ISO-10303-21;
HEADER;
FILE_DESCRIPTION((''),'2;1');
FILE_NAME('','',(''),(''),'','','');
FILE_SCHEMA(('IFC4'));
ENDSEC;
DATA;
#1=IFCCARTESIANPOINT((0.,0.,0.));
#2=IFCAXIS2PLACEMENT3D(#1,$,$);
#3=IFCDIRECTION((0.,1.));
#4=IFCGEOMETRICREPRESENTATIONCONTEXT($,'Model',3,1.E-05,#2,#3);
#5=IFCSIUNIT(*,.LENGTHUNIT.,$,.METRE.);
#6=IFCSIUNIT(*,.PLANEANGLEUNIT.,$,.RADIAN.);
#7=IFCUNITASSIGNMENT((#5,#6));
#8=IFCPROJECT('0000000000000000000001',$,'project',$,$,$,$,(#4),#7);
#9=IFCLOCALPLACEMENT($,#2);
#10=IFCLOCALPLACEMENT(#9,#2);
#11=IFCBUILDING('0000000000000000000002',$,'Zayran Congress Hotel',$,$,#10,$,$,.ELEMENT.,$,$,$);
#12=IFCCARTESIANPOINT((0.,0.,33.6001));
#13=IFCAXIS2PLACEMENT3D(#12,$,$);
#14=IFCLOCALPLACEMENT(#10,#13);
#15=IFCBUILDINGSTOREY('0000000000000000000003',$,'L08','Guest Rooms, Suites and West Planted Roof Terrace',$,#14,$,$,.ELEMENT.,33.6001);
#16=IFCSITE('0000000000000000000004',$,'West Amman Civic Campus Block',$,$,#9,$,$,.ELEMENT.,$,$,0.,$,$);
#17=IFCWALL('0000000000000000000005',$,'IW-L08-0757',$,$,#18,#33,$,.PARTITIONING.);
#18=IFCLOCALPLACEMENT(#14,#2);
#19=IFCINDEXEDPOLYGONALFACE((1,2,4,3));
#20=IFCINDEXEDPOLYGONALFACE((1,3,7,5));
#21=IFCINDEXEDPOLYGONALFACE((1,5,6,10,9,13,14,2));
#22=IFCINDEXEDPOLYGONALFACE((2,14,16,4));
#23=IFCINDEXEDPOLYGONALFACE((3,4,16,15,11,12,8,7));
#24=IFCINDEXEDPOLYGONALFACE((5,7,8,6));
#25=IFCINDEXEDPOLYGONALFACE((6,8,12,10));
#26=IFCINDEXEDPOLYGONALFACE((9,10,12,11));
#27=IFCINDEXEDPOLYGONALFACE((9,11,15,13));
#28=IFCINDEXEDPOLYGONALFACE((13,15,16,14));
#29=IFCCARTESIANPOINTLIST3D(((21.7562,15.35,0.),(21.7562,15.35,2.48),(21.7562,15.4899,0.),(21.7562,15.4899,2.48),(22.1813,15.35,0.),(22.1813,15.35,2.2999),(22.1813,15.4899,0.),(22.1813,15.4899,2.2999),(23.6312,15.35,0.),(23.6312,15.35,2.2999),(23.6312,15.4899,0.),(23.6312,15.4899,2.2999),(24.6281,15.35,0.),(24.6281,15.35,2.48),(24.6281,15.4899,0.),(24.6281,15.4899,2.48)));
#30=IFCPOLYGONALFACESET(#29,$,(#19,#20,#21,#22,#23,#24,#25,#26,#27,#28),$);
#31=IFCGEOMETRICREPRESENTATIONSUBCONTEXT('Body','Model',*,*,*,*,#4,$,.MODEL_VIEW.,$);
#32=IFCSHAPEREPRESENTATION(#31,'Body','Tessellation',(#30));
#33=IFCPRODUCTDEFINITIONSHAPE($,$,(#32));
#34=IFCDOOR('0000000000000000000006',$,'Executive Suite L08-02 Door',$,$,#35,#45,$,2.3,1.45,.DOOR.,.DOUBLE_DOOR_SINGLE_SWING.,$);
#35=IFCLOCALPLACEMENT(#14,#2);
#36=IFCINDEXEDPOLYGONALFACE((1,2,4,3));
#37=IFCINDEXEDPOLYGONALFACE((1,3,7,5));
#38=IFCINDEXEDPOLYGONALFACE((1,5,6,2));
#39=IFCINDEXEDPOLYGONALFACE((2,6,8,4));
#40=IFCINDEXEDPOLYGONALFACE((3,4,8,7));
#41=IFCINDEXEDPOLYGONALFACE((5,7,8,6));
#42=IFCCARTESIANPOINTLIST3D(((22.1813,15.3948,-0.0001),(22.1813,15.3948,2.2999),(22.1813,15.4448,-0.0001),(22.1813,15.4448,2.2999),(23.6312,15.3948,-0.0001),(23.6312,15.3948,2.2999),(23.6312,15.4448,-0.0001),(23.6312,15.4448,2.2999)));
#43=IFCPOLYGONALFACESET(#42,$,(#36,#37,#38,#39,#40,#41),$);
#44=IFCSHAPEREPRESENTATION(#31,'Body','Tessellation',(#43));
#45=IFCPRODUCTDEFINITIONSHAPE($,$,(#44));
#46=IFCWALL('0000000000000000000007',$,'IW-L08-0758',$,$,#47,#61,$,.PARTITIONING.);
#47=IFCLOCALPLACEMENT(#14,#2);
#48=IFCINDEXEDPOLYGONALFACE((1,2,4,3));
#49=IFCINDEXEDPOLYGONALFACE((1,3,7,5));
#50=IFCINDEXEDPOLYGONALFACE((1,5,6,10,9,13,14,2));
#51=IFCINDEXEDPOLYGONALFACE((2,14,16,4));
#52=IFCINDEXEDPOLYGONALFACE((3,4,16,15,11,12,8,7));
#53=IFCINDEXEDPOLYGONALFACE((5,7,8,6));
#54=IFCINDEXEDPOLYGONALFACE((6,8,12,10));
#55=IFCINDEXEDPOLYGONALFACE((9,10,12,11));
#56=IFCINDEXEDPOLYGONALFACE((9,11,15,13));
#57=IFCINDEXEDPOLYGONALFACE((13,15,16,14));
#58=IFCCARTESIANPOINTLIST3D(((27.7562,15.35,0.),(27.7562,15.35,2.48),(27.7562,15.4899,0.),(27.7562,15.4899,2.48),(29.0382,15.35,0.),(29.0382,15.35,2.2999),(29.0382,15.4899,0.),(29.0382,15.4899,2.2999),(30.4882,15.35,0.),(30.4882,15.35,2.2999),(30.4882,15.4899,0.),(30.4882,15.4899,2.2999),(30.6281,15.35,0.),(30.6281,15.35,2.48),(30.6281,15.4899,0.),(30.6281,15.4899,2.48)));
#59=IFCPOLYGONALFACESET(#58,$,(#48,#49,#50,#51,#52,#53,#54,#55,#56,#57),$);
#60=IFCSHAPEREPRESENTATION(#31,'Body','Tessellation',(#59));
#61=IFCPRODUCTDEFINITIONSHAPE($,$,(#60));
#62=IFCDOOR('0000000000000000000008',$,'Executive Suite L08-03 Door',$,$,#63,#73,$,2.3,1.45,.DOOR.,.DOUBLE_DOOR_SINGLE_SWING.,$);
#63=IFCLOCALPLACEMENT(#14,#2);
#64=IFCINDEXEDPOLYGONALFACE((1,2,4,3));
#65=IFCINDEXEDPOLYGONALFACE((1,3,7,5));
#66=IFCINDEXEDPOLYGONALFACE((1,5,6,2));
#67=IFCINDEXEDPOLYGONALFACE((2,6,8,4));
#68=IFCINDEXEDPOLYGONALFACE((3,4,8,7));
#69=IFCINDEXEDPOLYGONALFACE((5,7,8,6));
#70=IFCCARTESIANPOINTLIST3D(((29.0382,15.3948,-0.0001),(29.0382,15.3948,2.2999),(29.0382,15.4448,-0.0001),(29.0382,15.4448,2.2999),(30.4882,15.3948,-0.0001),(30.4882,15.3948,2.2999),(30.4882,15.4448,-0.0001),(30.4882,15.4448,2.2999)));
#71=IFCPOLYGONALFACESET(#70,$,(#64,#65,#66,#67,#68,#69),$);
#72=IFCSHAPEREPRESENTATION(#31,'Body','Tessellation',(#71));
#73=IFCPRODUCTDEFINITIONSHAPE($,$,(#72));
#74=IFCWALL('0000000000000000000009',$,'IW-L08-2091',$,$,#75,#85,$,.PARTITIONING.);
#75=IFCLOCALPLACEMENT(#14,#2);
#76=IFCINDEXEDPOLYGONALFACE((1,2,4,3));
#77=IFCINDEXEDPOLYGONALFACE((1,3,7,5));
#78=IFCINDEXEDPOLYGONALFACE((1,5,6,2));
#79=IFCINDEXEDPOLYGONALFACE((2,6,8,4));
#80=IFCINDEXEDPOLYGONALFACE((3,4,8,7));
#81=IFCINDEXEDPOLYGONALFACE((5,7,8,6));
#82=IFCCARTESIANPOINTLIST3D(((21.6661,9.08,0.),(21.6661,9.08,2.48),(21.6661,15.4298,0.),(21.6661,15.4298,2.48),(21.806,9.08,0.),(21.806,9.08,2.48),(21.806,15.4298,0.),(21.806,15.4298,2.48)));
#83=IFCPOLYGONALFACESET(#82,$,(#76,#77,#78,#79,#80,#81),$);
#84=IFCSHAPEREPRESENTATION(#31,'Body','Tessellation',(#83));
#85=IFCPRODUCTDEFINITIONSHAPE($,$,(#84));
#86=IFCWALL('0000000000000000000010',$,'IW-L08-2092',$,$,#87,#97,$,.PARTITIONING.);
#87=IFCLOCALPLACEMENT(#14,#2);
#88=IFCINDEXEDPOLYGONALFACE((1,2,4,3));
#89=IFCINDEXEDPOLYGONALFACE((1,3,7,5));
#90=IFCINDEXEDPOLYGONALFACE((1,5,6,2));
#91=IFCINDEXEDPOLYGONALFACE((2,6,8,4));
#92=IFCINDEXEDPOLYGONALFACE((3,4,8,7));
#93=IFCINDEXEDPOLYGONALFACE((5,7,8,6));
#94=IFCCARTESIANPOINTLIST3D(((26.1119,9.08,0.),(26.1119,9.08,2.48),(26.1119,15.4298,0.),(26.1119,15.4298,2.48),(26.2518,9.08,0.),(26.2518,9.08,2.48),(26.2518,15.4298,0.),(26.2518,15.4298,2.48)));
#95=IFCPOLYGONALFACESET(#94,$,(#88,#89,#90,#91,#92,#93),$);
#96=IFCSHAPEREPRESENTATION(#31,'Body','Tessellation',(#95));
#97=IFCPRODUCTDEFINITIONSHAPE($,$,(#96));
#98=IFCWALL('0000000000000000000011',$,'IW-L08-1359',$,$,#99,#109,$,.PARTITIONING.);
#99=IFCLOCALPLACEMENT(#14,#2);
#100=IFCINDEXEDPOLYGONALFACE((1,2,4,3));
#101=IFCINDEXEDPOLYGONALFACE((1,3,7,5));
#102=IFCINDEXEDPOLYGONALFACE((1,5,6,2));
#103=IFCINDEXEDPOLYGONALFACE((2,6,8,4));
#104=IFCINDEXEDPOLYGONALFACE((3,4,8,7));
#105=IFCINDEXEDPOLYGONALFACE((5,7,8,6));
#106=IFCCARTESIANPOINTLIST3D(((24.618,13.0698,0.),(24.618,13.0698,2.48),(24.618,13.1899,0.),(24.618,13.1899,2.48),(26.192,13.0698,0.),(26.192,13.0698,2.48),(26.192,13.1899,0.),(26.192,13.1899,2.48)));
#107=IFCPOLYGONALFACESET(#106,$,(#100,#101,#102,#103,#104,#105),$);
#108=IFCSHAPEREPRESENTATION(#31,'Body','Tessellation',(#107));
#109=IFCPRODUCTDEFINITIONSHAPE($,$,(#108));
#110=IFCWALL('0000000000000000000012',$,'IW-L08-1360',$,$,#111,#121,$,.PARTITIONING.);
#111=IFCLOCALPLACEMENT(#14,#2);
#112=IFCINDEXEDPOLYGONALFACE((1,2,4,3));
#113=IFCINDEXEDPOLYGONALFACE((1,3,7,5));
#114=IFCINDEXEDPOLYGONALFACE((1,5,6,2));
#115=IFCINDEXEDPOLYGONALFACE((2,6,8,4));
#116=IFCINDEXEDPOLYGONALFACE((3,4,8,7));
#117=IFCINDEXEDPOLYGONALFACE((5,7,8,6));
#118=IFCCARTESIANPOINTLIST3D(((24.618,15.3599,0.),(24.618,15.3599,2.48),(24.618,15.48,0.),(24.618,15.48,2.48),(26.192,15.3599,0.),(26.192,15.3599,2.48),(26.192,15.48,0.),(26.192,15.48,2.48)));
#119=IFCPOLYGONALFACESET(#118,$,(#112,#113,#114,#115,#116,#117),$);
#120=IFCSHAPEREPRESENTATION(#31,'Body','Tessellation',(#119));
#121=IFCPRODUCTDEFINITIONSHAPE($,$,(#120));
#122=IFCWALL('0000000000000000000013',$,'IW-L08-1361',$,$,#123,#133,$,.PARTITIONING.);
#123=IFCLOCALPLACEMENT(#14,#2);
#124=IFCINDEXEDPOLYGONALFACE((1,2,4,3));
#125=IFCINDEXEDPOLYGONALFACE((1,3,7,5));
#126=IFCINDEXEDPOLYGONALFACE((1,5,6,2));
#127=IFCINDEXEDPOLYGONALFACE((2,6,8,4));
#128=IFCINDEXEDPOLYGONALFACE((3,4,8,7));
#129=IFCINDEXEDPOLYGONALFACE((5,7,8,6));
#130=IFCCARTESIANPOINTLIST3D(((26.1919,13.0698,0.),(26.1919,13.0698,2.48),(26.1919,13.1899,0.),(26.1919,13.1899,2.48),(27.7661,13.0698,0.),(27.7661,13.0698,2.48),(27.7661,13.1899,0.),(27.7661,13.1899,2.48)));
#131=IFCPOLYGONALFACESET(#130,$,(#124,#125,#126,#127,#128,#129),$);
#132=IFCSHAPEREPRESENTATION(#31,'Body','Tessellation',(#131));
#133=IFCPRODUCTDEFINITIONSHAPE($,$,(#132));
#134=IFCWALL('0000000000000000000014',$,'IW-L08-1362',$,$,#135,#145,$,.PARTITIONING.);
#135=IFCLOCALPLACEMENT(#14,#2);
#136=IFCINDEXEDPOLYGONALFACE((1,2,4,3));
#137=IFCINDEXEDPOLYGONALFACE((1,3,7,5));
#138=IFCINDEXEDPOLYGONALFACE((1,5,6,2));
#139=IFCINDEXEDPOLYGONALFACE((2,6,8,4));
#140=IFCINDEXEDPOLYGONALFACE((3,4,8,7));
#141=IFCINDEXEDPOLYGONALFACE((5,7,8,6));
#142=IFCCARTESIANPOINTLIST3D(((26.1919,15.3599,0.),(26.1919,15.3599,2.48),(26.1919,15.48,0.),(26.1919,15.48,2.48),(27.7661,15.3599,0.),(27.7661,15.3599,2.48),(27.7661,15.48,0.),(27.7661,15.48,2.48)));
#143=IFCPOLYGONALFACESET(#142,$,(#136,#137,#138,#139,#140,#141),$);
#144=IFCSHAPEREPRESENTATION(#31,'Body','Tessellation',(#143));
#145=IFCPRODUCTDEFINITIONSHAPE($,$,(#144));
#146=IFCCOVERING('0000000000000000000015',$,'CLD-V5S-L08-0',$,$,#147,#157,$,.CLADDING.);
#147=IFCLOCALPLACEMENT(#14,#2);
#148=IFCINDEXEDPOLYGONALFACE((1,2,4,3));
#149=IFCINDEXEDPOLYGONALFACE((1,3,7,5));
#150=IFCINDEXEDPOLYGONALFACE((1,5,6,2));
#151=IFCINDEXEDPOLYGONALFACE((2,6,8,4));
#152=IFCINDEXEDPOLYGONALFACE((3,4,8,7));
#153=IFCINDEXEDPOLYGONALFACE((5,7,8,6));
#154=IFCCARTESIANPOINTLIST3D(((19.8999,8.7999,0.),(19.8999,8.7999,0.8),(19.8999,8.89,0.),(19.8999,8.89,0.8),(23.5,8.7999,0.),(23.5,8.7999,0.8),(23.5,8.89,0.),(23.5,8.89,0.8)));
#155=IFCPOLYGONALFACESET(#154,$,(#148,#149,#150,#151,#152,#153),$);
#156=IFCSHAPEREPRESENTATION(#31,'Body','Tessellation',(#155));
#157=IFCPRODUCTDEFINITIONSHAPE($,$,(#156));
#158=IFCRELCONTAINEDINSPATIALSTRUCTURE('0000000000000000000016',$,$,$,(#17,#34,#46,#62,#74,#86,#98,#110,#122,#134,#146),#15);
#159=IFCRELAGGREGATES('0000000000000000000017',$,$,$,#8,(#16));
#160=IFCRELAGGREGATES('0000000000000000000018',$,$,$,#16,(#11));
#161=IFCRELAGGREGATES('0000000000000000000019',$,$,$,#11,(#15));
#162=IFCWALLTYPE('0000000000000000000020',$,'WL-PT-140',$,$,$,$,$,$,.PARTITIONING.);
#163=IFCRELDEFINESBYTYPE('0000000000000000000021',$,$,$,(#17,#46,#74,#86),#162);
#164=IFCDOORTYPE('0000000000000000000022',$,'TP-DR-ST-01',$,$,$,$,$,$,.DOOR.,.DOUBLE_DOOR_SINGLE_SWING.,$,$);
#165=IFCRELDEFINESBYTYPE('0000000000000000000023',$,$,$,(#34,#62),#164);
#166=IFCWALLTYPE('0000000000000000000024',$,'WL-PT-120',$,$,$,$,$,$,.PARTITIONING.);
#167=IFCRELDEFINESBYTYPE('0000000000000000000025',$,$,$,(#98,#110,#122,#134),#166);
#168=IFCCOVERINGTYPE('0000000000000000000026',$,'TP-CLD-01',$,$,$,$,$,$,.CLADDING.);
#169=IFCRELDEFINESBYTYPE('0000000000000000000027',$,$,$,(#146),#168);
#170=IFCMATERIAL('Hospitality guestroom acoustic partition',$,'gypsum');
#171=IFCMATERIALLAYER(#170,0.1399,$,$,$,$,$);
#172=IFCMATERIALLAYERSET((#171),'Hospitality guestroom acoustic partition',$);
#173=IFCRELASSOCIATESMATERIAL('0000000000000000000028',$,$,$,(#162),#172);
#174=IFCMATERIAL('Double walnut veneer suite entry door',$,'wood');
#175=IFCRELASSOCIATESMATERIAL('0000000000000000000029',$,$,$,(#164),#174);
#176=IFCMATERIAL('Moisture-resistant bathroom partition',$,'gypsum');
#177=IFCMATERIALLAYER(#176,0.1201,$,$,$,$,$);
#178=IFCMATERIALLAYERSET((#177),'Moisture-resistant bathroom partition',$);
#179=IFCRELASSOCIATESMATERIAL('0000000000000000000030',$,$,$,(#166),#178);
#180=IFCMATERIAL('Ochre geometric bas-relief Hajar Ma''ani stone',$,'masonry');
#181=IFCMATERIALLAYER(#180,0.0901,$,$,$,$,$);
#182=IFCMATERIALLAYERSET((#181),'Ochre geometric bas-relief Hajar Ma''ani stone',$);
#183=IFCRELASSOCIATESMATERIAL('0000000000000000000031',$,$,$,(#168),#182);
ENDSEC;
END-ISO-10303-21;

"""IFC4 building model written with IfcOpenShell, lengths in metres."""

from ifc_helpers import new_model, si_unit, direction, frame, frame_2d, origin, origin_2d, place, context, subcontext, project, spatial, rectangle, extrude, material, layer, layer_set, type_object, element, fill, save


model = new_model("IFC4")

# Units and contexts
model_context = context("Model", 3, precision=1e-05, world=origin(), true_north=direction((0.0, 1.0)))
body_context = subcontext(model_context, "Body", "Model", "MODEL_VIEW")
ifc_project = project(units=[si_unit("LENGTHUNIT", "METRE"), si_unit("PLANEANGLEUNIT", "RADIAN")], contexts=[model_context])

# Site, building, storey
site_placement = place(None, origin())
site = spatial("IfcSite", under=ifc_project, at=site_placement, Name="West Amman Civic Campus Block", CompositionType="ELEMENT", RefElevation=0.0)
building_placement = place(site_placement, origin())
building = spatial("IfcBuilding", under=site, at=building_placement, Name="Zayran Congress Hotel", CompositionType="ELEMENT")
storey_placement = place(building_placement, frame((0.0, 0.0, 33.6001)))
storey = spatial("IfcBuildingStorey", under=building, at=storey_placement, Name="L08", Description="Guest Rooms, Suites and West Planted Roof Terrace", CompositionType="ELEMENT", Elevation=33.6001)

# Shared definitions
ifc_material_1 = material(Name="Hospitality guestroom acoustic partition", Category="gypsum")
ifc_layer_1 = layer(ifc_material_1, 0.1399)
ifc_layer_set_1 = layer_set([ifc_layer_1], Name="Hospitality guestroom acoustic partition")
wall_type_1 = type_object("IfcWallType", Name="WL-PT-140", PredefinedType="PARTITIONING", material=ifc_layer_set_1)

# Walls, openings, doors
wall_1_placement = place(storey_placement, frame((21.7561, 15.4199, 0.0), z_axis=(0.0, 0.0, 1.0), x_axis=(1.0, 0.0, 0.0)))
wall_1 = element("IfcWall", 1, at=wall_1_placement, inside=storey, type_object=wall_type_1, Name="IW-L08-0757", PredefinedType="PARTITIONING", context=body_context, shape_type="SweptSolid", body=[
    extrude(rectangle(XDim=2.8718, YDim=0.1399, at=frame_2d((1.436, 0.0))), origin(), (0.0, 0.0, 1.0), 2.48),
])
opening_1_placement = place(wall_1_placement, frame((0.425, 0.0, 0.0)))
opening_1 = element("IfcOpeningElement", 2, at=opening_1_placement, cuts=wall_1, PredefinedType="OPENING", context=body_context, shape_type="SweptSolid", body=[
    extrude(rectangle(XDim=1.45, YDim=2.3, at=frame_2d((0.7251, 1.1499))), frame((0.0, 0.0798, 0.0), z_axis=(0.0, -1.0, 0.0), x_axis=(1.0, 0.0, 0.0)), (0.0, 0.0, 1.0), 0.1599),
])
ifc_material_2 = material(Name="Double walnut veneer suite entry door", Category="wood")
door_type_1 = type_object("IfcDoorType", Name="TP-DR-ST-01", OperationType="DOUBLE_DOOR_SINGLE_SWING", PredefinedType="DOOR", material=ifc_material_2)
door_1_placement = place(opening_1_placement, origin())
door_1 = element("IfcDoor", 3, at=door_1_placement, inside=storey, type_object=door_type_1, Name="Executive Suite L08-02 Door", OperationType="DOUBLE_DOOR_SINGLE_SWING", OverallHeight=2.3, OverallWidth=1.45, PredefinedType="DOOR", context=body_context, shape_type="SweptSolid", body=[
    extrude(rectangle(XDim=1.45, YDim=2.3, at=frame_2d((0.7251, 1.1499))), frame((0.0, 0.0249, 0.0), z_axis=(0.0, -1.0, 0.0), x_axis=(1.0, 0.0, 0.0)), (0.0, 0.0, 1.0), 0.05),
])
fill(opening_1, door_1)
wall_2_placement = place(storey_placement, frame((27.7561, 15.4199, 0.0), z_axis=(0.0, 0.0, 1.0), x_axis=(1.0, 0.0, 0.0)))
wall_2 = element("IfcWall", 4, at=wall_2_placement, inside=storey, type_object=wall_type_1, Name="IW-L08-0758", PredefinedType="PARTITIONING", context=body_context, shape_type="SweptSolid", body=[
    extrude(rectangle(XDim=2.8718, YDim=0.1399, at=frame_2d((1.436, 0.0))), origin(), (0.0, 0.0, 1.0), 2.48),
])
opening_2_placement = place(wall_2_placement, frame((1.282, 0.0, 0.0)))
opening_2 = element("IfcOpeningElement", 5, at=opening_2_placement, cuts=wall_2, PredefinedType="OPENING", context=body_context, shape_type="SweptSolid", body=[
    extrude(rectangle(XDim=1.45, YDim=2.3, at=frame_2d((0.7251, 1.1499))), frame((0.0, 0.0798, 0.0), z_axis=(0.0, -1.0, 0.0), x_axis=(1.0, 0.0, 0.0)), (0.0, 0.0, 1.0), 0.1599),
])
door_2_placement = place(opening_2_placement, origin())
door_2 = element("IfcDoor", 6, at=door_2_placement, inside=storey, type_object=door_type_1, Name="Executive Suite L08-03 Door", OperationType="DOUBLE_DOOR_SINGLE_SWING", OverallHeight=2.3, OverallWidth=1.45, PredefinedType="DOOR", context=body_context, shape_type="SweptSolid", body=[
    extrude(rectangle(XDim=1.45, YDim=2.3, at=frame_2d((0.7251, 1.1499))), frame((0.0, 0.0249, 0.0), z_axis=(0.0, -1.0, 0.0), x_axis=(1.0, 0.0, 0.0)), (0.0, 0.0, 1.0), 0.05),
])
fill(opening_2, door_2)

# Walls
for number, where, z_axis, x_axis, name in (
    (7, (21.7361, 9.0801, 0.0), (0.0, 0.0, 1.0), (0.0, 1.0, 0.0), "IW-L08-2091"),
    (8, (26.1819, 9.0801, 0.0), (0.0, 0.0, 1.0), (0.0, 1.0, 0.0), "IW-L08-2092"),
):
    element("IfcWall", number, at=place(storey_placement, frame(where, z_axis=z_axis, x_axis=x_axis)), inside=storey, type_object=wall_type_1, Name=name, PredefinedType="PARTITIONING", context=body_context, shape_type="SweptSolid", body=[
        extrude(rectangle(XDim=6.3499, YDim=0.1399, at=frame_2d((3.1748, 0.0))), origin(), (0.0, 0.0, 1.0), 2.48),
    ])

# Shared definitions
ifc_material_3 = material(Name="Moisture-resistant bathroom partition", Category="gypsum")
ifc_layer_2 = layer(ifc_material_3, 0.1201)
ifc_layer_set_2 = layer_set([ifc_layer_2], Name="Moisture-resistant bathroom partition")
wall_type_2 = type_object("IfcWallType", Name="WL-PT-120", PredefinedType="PARTITIONING", material=ifc_layer_set_2)

# Walls
for number, where, z_axis, x_axis, name in (
    (9, (24.6179, 13.1299, 0.0), (0.0, 0.0, 1.0), (1.0, 0.0, 0.0), "IW-L08-1359"),
    (10, (24.6179, 15.4199, 0.0), (0.0, 0.0, 1.0), (1.0, 0.0, 0.0), "IW-L08-1360"),
):
    element("IfcWall", number, at=place(storey_placement, frame(where, z_axis=z_axis, x_axis=x_axis)), inside=storey, type_object=wall_type_2, Name=name, PredefinedType="PARTITIONING", context=body_context, shape_type="SweptSolid", body=[
        extrude(rectangle(XDim=1.574, YDim=0.1201, at=frame_2d((0.7871, 0.0))), origin(), (0.0, 0.0, 1.0), 2.48),
    ])
for number, where, z_axis, x_axis, name in (
    (11, (26.1919, 13.1299, 0.0), (0.0, 0.0, 1.0), (1.0, 0.0, 0.0), "IW-L08-1361"),
    (12, (26.1919, 15.4199, 0.0), (0.0, 0.0, 1.0), (1.0, 0.0, 0.0), "IW-L08-1362"),
):
    element("IfcWall", number, at=place(storey_placement, frame(where, z_axis=z_axis, x_axis=x_axis)), inside=storey, type_object=wall_type_2, Name=name, PredefinedType="PARTITIONING", context=body_context, shape_type="SweptSolid", body=[
        extrude(rectangle(XDim=1.5742, YDim=0.1201, at=frame_2d((0.7871, 0.0))), origin(), (0.0, 0.0, 1.0), 2.48),
    ])

# Covering
ifc_material_4 = material(Name="Ochre geometric bas-relief Hajar Ma'ani stone", Category="masonry")
ifc_layer_3 = layer(ifc_material_4, 0.0901)
ifc_layer_set_3 = layer_set([ifc_layer_3], Name="Ochre geometric bas-relief Hajar Ma'ani stone")
covering_type = type_object("IfcCoveringType", Name="TP-CLD-01", PredefinedType="CLADDING", material=ifc_layer_set_3)
covering_placement = place(storey_placement, frame((21.7, 8.845, 0.0), z_axis=(0.0, 0.0, 1.0), x_axis=(1.0, 0.0, 0.0)))
element("IfcCovering", 13, at=covering_placement, inside=storey, type_object=covering_type, Name="CLD-V5S-L08-0", PredefinedType="CLADDING", context=body_context, shape_type="SweptSolid", body=[
    extrude(rectangle(XDim=3.6001, YDim=0.0901, at=origin_2d()), origin(), (0.0, 0.0, 1.0), 0.8),
])

save(model, "model.ifc")
